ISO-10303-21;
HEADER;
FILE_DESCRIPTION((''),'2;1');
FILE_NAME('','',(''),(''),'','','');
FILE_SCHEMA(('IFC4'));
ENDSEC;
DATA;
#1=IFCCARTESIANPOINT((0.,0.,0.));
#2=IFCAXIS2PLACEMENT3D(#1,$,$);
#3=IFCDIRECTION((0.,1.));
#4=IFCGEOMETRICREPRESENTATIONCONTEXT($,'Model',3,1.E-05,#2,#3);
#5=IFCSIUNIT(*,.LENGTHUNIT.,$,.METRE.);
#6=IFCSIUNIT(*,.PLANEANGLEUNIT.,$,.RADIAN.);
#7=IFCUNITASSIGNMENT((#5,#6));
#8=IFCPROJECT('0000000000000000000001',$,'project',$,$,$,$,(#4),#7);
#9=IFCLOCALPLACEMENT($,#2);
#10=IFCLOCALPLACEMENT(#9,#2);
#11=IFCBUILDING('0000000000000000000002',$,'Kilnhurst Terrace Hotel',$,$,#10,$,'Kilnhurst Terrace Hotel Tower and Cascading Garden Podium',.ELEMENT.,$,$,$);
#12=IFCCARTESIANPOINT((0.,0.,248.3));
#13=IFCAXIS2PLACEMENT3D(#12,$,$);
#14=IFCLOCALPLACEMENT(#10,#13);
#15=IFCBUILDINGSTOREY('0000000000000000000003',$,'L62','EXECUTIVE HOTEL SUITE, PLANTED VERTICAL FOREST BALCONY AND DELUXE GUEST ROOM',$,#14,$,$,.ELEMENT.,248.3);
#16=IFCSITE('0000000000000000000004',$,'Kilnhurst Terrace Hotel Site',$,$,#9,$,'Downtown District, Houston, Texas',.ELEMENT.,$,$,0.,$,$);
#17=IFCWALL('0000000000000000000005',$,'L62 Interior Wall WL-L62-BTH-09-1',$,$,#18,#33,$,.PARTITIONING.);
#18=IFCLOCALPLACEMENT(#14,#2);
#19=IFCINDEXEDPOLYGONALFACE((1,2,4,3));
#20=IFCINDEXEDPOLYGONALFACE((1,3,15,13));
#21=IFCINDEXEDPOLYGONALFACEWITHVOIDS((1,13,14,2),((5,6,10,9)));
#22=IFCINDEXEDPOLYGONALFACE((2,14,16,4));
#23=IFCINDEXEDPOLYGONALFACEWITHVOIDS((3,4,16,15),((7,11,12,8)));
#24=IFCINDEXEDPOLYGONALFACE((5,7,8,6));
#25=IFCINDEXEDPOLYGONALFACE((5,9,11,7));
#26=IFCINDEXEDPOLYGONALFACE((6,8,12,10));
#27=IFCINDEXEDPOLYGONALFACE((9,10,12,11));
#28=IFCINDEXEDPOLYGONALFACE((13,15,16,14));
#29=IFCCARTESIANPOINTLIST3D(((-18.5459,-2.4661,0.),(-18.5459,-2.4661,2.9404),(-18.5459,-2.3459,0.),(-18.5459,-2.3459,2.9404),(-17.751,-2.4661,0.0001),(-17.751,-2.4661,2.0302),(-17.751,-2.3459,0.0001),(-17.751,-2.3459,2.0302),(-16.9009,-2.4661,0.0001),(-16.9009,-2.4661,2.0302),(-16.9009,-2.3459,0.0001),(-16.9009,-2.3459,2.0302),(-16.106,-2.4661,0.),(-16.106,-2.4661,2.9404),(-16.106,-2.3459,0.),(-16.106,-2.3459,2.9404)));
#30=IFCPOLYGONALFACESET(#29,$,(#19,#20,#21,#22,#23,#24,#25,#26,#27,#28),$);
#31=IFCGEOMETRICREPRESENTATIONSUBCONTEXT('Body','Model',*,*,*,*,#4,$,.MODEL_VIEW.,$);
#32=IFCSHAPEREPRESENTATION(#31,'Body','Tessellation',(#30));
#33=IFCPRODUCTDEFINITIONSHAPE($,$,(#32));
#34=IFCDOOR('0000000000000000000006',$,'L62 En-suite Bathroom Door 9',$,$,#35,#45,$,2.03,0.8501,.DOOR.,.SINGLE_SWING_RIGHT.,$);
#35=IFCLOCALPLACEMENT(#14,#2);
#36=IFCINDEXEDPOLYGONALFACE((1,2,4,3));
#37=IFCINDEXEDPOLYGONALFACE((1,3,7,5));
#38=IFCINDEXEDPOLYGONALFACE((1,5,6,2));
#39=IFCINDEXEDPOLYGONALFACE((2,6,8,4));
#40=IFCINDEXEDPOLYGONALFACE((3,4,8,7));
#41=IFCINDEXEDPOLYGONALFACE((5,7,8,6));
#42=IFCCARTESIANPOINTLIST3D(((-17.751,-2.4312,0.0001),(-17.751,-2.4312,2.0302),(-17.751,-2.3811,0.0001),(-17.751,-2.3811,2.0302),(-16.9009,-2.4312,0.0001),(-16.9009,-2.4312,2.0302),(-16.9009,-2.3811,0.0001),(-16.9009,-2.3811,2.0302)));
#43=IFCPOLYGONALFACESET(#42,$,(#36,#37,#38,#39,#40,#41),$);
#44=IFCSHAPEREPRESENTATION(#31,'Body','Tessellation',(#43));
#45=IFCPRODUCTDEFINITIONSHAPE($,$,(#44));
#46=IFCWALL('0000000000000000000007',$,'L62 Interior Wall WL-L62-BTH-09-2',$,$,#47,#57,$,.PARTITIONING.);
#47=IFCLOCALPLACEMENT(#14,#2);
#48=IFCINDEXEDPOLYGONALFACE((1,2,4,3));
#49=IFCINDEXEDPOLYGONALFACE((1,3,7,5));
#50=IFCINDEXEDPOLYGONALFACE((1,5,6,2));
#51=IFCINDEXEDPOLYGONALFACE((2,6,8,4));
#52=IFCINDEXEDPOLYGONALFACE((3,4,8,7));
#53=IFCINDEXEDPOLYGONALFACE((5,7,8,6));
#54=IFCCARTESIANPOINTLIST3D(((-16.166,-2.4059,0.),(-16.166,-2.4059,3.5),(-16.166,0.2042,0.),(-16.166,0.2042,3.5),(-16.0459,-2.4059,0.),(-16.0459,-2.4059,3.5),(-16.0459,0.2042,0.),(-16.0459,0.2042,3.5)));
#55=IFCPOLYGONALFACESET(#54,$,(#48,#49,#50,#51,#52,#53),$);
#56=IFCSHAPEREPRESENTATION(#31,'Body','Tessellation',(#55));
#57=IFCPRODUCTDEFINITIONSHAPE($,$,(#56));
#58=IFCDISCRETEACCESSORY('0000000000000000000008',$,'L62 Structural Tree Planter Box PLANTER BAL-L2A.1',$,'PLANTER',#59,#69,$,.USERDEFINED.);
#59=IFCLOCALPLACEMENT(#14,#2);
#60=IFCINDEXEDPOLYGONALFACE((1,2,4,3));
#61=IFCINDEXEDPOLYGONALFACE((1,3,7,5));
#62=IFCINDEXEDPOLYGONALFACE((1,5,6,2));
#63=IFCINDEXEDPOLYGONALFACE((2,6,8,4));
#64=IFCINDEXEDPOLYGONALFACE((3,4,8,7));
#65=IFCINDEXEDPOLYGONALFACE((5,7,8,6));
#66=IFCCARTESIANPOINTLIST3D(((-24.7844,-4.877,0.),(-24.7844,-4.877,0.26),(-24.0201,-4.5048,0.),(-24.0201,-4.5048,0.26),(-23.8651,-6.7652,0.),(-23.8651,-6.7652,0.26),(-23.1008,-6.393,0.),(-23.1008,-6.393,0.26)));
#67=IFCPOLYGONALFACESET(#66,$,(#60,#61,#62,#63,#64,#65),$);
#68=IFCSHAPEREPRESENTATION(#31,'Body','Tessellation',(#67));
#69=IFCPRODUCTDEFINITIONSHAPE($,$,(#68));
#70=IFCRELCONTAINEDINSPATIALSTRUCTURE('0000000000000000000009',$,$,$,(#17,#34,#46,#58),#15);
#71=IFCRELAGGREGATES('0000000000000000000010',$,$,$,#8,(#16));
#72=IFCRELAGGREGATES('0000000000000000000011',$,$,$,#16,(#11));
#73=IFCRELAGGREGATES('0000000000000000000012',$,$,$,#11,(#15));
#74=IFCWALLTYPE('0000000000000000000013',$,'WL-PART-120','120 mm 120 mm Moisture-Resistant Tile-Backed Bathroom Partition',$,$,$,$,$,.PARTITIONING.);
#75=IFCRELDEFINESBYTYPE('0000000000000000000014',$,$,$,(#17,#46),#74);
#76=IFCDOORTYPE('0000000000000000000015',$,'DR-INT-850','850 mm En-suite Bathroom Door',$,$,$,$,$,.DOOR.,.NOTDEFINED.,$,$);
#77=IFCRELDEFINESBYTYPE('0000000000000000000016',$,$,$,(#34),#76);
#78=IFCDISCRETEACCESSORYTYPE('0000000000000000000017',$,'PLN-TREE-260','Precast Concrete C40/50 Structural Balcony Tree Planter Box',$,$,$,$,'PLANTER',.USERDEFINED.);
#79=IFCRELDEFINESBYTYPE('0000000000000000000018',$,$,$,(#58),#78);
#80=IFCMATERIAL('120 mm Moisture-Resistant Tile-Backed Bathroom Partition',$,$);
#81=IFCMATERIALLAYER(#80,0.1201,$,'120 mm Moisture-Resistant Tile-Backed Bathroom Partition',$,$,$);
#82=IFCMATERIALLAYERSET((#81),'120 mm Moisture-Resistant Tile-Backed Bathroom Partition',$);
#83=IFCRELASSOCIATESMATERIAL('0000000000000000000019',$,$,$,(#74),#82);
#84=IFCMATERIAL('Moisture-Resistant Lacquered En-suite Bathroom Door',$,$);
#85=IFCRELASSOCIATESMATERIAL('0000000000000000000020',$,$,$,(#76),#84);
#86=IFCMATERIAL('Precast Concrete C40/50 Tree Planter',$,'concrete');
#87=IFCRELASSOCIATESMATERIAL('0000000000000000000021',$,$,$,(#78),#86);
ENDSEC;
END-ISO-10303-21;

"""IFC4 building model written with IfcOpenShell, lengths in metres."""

from ifc_helpers import new_model, si_unit, direction, frame, frame_2d, origin, origin_2d, place, context, subcontext, project, spatial, rectangle, extrude, material, layer, layer_set, type_object, element, fill, save


model = new_model("IFC4")

# Units and contexts
model_context = context("Model", 3, precision=1e-05, world=origin(), true_north=direction((0.0, 1.0)))
body_context = subcontext(model_context, "Body", "Model", "MODEL_VIEW")
ifc_project = project(units=[si_unit("LENGTHUNIT", "METRE"), si_unit("PLANEANGLEUNIT", "RADIAN")], contexts=[model_context])

# Site, building, storey
site_placement = place(None, origin())
site = spatial("IfcSite", under=ifc_project, at=site_placement, Name="Kilnhurst Terrace Hotel Site", LongName="Downtown District, Houston, Texas", CompositionType="ELEMENT", RefElevation=0.0)
building_placement = place(site_placement, origin())
building = spatial("IfcBuilding", under=site, at=building_placement, Name="Kilnhurst Terrace Hotel", LongName="Kilnhurst Terrace Hotel Tower and Cascading Garden Podium", CompositionType="ELEMENT")
storey_placement = place(building_placement, frame((0.0, 0.0, 248.3)))
storey = spatial("IfcBuildingStorey", under=building, at=storey_placement, Name="L62", Description="EXECUTIVE HOTEL SUITE, PLANTED VERTICAL FOREST BALCONY AND DELUXE GUEST ROOM", CompositionType="ELEMENT", Elevation=248.3)

# Wall, opening, door
ifc_material_1 = material(Name="120 mm Moisture-Resistant Tile-Backed Bathroom Partition")
ifc_layer_1 = layer(ifc_material_1, 0.1201, Name="120 mm Moisture-Resistant Tile-Backed Bathroom Partition")
ifc_layer_set_1 = layer_set([ifc_layer_1], Name="120 mm Moisture-Resistant Tile-Backed Bathroom Partition")
wall_type_1 = type_object("IfcWallType", Name="WL-PART-120", Description="120 mm 120 mm Moisture-Resistant Tile-Backed Bathroom Partition", PredefinedType="PARTITIONING", material=ifc_layer_set_1)
wall_1_placement = place(storey_placement, frame((-18.5459, -2.406, 0.0), z_axis=(0.0, 0.0, 1.0), x_axis=(1.0, 0.0, 0.0)))
wall_1 = element("IfcWall", 1, at=wall_1_placement, inside=storey, type_object=wall_type_1, Name="L62 Interior Wall WL-L62-BTH-09-1", PredefinedType="PARTITIONING", context=body_context, shape_type="SweptSolid", body=[
    extrude(rectangle(XDim=2.4399, YDim=0.1201, at=frame_2d((1.22, 0.0))), origin(), (0.0, 0.0, 1.0), 2.9404),
])
opening_1_placement = place(wall_1_placement, frame((0.7949, 0.0, 0.0)))
opening_1 = element("IfcOpeningElement", 2, at=opening_1_placement, cuts=wall_1, PredefinedType="OPENING", context=body_context, shape_type="SweptSolid", body=[
    extrude(rectangle(XDim=0.8501, YDim=2.03, at=frame_2d((0.425, 1.0151))), frame((0.0, 0.0701, 0.0), z_axis=(0.0, -1.0, 0.0), x_axis=(1.0, 0.0, 0.0)), (0.0, 0.0, 1.0), 0.1401),
])
ifc_material_2 = material(Name="Moisture-Resistant Lacquered En-suite Bathroom Door")
door_type_1 = type_object("IfcDoorType", Name="DR-INT-850", Description="850 mm En-suite Bathroom Door", OperationType="NOTDEFINED", PredefinedType="DOOR", material=ifc_material_2)
door_1_placement = place(opening_1_placement, origin())
door_1 = element("IfcDoor", 3, at=door_1_placement, inside=storey, type_object=door_type_1, Name="L62 En-suite Bathroom Door 9", OperationType="SINGLE_SWING_RIGHT", OverallHeight=2.03, OverallWidth=0.8501, PredefinedType="DOOR", context=body_context, shape_type="SweptSolid", body=[
    extrude(rectangle(XDim=0.8501, YDim=2.03, at=frame_2d((0.425, 1.0151))), frame((0.0, 0.0249, 0.0), z_axis=(0.0, -1.0, 0.0), x_axis=(1.0, 0.0, 0.0)), (0.0, 0.0, 1.0), 0.05),
])
fill(opening_1, door_1)

# Wall
wall_2_placement = place(storey_placement, frame((-16.106, -2.406, 0.0), z_axis=(0.0, 0.0, 1.0), x_axis=(0.0, 1.0, 0.0)))
element("IfcWall", 4, at=wall_2_placement, inside=storey, type_object=wall_type_1, Name="L62 Interior Wall WL-L62-BTH-09-2", PredefinedType="PARTITIONING", context=body_context, shape_type="SweptSolid", body=[
    extrude(rectangle(XDim=2.6101, YDim=0.1201, at=frame_2d((1.3052, 0.0))), origin(), (0.0, 0.0, 1.0), 3.5),
])

# Discrete accessory
ifc_material_3 = material(Name="Precast Concrete C40/50 Tree Planter", Category="concrete")
discrete_accessory_type = type_object("IfcDiscreteAccessoryType", Name="PLN-TREE-260", Description="Precast Concrete C40/50 Structural Balcony Tree Planter Box", ElementType="PLANTER", PredefinedType="USERDEFINED", material=ifc_material_3)
discrete_accessory_placement = place(storey_placement, frame((-23.9426, -5.635, 0.0), z_axis=(0.0, 0.0, 1.0), x_axis=(0.437744, -0.8991, 0.0)))
element("IfcDiscreteAccessory", 5, at=discrete_accessory_placement, inside=storey, type_object=discrete_accessory_type, Name="L62 Structural Tree Planter Box PLANTER BAL-L2A.1", ObjectType="PLANTER", PredefinedType="USERDEFINED", context=body_context, shape_type="SweptSolid", body=[
    extrude(rectangle(XDim=2.1001, YDim=0.8501, at=origin_2d()), origin(), (0.0, 0.0, 1.0), 0.26),
])

save(model, "model.ifc")
